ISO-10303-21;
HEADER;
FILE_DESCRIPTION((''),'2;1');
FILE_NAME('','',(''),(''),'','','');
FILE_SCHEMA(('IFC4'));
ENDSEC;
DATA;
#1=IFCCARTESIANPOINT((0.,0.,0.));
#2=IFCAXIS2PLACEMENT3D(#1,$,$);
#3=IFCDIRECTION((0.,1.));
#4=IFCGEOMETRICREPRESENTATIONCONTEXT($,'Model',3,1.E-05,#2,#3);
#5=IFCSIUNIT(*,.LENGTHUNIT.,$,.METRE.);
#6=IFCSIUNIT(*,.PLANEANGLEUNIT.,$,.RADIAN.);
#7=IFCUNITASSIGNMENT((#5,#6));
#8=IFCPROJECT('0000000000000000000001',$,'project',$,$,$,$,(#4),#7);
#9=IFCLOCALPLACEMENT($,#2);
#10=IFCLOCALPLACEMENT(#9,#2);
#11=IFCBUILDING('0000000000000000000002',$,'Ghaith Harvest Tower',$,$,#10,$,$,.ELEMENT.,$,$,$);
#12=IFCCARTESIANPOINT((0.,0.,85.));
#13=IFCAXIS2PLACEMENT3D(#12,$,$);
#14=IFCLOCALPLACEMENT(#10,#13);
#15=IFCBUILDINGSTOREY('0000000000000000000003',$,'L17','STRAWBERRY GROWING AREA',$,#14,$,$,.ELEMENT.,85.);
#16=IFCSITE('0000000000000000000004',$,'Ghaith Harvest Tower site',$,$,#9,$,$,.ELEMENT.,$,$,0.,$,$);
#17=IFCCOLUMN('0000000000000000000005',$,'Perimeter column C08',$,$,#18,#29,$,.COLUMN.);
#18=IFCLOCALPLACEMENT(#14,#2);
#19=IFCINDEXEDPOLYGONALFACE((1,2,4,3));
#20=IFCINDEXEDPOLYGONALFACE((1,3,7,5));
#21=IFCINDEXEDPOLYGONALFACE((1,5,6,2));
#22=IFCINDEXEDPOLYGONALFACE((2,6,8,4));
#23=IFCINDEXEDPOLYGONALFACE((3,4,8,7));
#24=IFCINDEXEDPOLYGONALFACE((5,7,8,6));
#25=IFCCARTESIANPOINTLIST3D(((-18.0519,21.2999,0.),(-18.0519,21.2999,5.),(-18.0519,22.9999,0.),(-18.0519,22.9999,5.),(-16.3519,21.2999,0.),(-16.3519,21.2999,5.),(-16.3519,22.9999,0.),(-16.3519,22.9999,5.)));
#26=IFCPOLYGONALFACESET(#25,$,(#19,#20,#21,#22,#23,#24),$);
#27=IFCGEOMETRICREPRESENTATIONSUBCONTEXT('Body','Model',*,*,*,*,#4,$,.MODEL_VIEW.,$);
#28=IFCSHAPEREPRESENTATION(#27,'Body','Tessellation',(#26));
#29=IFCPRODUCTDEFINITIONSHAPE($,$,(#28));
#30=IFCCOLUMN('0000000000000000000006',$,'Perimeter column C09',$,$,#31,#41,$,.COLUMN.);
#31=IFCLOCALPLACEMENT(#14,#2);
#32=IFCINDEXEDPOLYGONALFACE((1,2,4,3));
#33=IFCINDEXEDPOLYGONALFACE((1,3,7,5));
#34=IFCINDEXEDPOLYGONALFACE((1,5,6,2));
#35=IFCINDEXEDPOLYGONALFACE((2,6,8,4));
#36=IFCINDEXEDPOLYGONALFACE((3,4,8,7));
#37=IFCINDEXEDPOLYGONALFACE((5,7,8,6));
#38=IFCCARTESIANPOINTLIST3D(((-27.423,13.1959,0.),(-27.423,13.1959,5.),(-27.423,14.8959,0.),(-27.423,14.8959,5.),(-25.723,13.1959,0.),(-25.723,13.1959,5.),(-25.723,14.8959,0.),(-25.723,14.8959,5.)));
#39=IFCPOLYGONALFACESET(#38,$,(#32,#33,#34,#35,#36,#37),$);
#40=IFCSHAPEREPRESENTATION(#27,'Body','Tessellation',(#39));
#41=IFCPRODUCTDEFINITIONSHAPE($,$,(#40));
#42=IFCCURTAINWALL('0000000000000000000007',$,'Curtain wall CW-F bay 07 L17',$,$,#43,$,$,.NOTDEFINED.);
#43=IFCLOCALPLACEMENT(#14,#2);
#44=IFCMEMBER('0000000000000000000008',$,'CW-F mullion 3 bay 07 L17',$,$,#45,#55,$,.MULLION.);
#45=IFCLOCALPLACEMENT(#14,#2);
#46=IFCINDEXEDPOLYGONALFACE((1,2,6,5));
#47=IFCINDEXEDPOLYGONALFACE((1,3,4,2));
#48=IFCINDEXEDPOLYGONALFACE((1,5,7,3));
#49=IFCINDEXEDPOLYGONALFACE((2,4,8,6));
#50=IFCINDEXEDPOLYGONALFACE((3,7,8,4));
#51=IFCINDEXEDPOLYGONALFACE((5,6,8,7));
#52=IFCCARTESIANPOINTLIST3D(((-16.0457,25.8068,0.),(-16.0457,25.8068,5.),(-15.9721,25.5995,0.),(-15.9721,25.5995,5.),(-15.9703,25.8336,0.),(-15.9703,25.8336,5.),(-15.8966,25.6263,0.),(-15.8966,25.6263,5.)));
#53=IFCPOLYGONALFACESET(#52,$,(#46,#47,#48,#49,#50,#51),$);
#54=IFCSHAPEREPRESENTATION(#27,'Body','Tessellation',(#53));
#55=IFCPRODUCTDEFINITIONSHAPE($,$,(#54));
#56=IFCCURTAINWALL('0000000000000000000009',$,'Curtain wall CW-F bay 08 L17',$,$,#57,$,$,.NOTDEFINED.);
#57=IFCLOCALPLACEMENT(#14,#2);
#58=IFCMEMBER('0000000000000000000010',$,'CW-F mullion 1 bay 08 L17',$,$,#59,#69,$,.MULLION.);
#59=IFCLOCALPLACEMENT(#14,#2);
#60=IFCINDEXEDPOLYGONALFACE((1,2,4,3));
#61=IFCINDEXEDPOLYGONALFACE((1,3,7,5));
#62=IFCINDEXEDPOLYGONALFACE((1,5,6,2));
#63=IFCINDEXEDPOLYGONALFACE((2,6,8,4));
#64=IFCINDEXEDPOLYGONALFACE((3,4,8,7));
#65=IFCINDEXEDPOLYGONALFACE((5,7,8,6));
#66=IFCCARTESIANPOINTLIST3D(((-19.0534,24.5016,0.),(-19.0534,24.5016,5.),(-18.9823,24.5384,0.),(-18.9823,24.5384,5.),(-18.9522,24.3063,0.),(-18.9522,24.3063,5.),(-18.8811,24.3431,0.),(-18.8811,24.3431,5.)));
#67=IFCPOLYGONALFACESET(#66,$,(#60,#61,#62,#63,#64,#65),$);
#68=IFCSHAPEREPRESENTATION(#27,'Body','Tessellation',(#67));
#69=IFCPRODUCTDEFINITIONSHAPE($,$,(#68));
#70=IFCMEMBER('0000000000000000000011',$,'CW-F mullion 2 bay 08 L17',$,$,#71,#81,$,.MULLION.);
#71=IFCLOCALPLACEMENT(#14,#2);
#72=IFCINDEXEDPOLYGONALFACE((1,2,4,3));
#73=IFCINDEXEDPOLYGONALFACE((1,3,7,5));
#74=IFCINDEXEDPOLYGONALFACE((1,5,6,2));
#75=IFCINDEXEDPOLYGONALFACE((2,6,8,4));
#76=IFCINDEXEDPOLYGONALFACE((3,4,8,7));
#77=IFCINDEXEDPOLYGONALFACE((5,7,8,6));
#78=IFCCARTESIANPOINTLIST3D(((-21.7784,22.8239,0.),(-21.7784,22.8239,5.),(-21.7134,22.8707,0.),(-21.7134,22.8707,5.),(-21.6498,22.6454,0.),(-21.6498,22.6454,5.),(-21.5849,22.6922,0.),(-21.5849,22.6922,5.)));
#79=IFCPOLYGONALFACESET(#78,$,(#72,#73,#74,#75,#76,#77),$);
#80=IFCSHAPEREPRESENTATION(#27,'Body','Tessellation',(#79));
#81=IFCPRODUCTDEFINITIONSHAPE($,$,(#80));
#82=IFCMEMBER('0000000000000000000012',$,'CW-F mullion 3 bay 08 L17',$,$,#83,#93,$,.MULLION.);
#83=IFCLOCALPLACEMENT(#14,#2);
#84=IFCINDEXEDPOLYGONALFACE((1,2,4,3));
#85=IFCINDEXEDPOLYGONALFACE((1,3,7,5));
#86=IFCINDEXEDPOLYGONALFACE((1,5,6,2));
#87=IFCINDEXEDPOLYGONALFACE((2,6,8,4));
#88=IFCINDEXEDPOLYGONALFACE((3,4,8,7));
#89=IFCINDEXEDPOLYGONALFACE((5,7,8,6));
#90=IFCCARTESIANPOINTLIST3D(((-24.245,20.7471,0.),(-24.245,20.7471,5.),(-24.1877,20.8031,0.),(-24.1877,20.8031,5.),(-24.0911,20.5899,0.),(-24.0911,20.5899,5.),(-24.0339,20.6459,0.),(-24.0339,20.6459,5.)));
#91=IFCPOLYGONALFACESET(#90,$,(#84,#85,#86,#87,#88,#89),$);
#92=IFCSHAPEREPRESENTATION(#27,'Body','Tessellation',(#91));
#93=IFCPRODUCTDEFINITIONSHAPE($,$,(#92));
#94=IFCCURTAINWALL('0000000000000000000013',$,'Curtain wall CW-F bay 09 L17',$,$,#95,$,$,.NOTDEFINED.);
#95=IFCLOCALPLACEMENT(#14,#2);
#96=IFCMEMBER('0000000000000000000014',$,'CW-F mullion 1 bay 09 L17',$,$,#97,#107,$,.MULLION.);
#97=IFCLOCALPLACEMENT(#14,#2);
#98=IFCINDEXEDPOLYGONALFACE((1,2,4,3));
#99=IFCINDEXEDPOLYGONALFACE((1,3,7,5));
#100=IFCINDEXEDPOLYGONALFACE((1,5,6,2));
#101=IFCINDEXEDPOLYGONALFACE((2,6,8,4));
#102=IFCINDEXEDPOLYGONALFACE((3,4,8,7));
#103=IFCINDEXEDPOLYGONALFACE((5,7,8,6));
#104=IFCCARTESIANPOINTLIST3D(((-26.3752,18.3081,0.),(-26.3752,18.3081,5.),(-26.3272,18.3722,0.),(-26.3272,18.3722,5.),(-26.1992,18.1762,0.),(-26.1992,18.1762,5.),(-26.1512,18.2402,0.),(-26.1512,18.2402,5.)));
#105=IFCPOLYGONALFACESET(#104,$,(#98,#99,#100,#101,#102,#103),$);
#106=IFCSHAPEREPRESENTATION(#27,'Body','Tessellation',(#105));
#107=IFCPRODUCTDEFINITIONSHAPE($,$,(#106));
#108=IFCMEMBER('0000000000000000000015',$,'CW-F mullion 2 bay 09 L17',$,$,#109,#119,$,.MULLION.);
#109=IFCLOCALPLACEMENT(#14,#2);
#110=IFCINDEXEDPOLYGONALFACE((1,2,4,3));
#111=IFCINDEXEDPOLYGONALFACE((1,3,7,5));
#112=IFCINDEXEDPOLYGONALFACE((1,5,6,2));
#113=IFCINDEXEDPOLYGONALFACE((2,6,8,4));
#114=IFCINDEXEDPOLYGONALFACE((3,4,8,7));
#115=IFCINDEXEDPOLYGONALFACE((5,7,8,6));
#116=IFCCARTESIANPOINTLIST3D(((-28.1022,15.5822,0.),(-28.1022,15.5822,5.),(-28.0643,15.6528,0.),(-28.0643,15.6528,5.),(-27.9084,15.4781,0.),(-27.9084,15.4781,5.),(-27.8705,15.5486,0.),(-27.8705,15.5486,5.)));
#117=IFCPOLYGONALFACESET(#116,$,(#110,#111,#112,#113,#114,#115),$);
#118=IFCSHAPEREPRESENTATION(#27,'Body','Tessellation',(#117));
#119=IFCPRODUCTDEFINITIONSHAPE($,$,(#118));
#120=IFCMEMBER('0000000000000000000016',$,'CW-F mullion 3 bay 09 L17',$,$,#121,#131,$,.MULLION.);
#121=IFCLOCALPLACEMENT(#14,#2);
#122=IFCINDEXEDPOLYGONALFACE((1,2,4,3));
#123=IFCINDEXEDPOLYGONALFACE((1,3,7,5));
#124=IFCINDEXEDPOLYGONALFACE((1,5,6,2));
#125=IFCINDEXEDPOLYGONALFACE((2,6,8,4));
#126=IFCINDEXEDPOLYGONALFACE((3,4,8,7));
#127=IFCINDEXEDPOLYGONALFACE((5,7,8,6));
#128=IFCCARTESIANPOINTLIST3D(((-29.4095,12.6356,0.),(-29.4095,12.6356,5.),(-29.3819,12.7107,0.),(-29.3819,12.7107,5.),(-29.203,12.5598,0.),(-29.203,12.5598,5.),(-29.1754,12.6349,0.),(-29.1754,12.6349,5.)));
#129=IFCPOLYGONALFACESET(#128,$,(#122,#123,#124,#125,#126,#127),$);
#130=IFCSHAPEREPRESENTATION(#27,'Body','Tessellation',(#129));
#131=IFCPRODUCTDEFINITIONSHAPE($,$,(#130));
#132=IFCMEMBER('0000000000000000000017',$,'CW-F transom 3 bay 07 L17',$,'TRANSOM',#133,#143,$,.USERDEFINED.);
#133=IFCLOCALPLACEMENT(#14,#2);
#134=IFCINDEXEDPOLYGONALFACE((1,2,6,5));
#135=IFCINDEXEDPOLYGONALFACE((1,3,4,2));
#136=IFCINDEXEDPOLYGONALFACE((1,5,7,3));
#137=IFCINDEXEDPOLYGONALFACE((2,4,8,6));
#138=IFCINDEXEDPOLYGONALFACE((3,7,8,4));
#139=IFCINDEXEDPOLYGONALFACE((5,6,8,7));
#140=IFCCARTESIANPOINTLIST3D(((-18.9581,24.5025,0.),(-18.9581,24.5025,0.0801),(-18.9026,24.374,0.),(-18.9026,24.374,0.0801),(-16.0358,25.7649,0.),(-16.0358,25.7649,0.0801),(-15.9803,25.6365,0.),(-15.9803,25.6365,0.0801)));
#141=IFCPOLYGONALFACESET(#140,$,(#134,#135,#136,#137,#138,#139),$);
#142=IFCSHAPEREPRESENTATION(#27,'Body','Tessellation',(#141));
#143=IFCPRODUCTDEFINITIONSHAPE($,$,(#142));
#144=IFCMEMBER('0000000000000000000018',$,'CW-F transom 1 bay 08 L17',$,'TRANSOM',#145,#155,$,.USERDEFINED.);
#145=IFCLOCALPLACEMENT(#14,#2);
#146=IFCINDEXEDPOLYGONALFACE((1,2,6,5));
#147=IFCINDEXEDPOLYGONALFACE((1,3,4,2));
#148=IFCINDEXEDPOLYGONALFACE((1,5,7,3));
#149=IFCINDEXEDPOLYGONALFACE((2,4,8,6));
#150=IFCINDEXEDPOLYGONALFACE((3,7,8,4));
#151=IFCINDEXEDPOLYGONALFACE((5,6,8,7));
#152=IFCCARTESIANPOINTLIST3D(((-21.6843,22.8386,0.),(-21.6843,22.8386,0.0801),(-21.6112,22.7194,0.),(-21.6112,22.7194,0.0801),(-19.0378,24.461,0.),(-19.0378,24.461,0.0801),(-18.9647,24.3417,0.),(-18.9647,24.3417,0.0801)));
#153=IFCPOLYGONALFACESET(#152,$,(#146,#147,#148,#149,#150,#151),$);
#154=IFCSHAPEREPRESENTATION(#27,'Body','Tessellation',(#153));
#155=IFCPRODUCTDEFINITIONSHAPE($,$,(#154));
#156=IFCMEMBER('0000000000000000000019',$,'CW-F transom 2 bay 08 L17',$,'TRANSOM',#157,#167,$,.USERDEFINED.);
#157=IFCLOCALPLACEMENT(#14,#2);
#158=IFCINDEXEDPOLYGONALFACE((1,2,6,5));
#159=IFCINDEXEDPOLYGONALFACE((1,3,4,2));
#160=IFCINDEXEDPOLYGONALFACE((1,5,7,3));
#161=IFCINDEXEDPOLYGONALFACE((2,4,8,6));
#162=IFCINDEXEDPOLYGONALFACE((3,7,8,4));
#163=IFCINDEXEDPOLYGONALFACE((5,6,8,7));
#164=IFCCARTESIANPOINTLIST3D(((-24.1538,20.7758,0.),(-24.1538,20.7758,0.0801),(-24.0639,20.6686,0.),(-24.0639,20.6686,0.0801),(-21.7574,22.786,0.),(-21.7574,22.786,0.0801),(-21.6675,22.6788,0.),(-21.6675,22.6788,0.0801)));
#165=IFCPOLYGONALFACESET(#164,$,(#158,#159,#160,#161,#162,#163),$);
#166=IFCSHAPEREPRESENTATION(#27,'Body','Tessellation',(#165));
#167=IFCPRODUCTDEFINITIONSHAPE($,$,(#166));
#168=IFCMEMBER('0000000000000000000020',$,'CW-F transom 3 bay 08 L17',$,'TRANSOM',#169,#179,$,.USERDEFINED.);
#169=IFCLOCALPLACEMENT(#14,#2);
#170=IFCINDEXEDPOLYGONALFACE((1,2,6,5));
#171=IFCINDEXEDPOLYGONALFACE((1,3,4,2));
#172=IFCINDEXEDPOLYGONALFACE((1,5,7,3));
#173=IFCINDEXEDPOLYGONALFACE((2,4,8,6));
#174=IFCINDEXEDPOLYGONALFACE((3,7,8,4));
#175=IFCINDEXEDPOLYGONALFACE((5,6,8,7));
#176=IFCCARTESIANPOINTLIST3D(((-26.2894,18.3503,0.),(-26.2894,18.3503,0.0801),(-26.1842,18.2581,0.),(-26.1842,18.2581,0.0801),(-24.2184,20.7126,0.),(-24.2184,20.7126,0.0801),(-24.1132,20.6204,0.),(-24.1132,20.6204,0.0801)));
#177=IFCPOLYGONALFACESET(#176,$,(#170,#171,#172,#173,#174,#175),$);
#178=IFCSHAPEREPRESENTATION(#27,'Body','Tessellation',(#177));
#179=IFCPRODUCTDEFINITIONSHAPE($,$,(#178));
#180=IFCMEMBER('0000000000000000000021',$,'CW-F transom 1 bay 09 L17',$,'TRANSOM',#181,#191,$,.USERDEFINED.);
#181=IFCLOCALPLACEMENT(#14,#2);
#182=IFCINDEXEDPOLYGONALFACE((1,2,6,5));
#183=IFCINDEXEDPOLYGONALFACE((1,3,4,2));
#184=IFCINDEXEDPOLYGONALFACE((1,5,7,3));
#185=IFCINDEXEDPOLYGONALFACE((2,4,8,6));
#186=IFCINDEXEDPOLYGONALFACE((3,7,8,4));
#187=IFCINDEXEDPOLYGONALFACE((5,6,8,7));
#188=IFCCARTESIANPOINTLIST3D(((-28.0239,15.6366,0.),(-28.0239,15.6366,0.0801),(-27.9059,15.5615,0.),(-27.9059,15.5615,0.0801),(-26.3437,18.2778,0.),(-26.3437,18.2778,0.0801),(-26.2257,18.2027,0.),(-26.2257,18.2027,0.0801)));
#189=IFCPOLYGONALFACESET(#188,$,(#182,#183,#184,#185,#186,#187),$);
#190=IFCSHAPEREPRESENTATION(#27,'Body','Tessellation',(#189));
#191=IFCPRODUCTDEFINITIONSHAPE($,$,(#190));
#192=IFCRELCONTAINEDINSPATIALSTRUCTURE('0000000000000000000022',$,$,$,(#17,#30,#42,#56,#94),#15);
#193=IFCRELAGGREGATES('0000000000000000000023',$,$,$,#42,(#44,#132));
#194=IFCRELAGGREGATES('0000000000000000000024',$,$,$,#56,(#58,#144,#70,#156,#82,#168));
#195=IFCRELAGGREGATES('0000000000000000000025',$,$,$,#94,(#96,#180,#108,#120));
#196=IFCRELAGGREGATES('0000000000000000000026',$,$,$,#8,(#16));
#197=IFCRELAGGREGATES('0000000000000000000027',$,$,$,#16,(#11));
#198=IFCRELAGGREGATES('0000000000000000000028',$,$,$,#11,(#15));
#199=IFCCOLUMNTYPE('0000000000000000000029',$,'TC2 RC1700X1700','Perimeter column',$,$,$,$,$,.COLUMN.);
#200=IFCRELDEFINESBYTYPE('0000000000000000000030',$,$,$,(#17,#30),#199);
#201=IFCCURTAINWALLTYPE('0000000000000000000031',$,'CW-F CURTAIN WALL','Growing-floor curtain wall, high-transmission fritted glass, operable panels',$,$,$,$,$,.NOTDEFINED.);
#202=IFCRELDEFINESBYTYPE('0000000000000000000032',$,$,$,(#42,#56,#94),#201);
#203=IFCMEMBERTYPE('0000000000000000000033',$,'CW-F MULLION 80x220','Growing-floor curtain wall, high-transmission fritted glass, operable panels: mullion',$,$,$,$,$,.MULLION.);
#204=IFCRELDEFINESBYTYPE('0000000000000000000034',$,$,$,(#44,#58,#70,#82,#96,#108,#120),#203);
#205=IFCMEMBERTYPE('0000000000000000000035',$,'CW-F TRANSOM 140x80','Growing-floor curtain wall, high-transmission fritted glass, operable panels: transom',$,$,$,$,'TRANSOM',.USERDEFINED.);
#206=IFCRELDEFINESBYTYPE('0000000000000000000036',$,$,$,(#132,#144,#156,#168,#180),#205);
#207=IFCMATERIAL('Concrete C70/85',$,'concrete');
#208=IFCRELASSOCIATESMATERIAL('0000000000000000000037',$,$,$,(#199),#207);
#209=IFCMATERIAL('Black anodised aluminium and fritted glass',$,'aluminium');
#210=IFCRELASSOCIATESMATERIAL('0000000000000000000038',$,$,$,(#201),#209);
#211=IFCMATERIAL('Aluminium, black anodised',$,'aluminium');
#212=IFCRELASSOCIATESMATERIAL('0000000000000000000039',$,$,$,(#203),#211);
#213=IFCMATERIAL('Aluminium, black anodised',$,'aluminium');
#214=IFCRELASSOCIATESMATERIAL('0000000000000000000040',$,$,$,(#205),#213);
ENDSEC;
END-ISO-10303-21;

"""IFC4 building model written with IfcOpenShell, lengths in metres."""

from ifc_helpers import new_model, si_unit, direction, frame, origin, origin_2d, place, context, subcontext, project, spatial, rectangle, extrude, material, material_profile, profile_set, type_object, element, aggregate, save


model = new_model("IFC4")

# Units and contexts
model_context = context("Model", 3, precision=1e-05, world=origin(), true_north=direction((0.0, 1.0)))
body_context = subcontext(model_context, "Body", "Model", "MODEL_VIEW")
ifc_project = project(units=[si_unit("LENGTHUNIT", "METRE"), si_unit("PLANEANGLEUNIT", "RADIAN")], contexts=[model_context])

# Site, building, storey
site_placement = place(None, origin())
site = spatial("IfcSite", under=ifc_project, at=site_placement, Name="Ghaith Harvest Tower site", CompositionType="ELEMENT", RefElevation=0.0)
building_placement = place(site_placement, origin())
building = spatial("IfcBuilding", under=site, at=building_placement, Name="Ghaith Harvest Tower", CompositionType="ELEMENT")
storey_placement = place(building_placement, frame((0.0, 0.0, 85.0)))
storey = spatial("IfcBuildingStorey", under=building, at=storey_placement, Name="L17", Description="STRAWBERRY GROWING AREA", CompositionType="ELEMENT", Elevation=85.0)

# Columns
ifc_material_1 = material(Name="Concrete C70/85", Category="concrete")
ifc_material_profile_1 = material_profile(ifc_material_1, rectangle(XDim=1.7, YDim=1.7, at=origin_2d()), Name="RC1700X1700")
ifc_profile_set_1 = profile_set([ifc_material_profile_1], Name="Concrete C70/85")
column_type = type_object("IfcColumnType", Name="TC2 RC1700X1700", Description="Perimeter column", PredefinedType="COLUMN", material=ifc_profile_set_1)
for number, where, z_axis, x_axis, name in (
    (1, (-17.2019, 22.1499, 0.0), (0.0, 0.0, 1.0), (1.0, 0.0, 0.0), "Perimeter column C08"),
    (2, (-26.573, 14.0459, 0.0), (0.0, 0.0, 1.0), (1.0, 0.0, 0.0), "Perimeter column C09"),
):
    element("IfcColumn", number, at=place(storey_placement, frame(where, z_axis=z_axis, x_axis=x_axis)), inside=storey, type_object=column_type, Name=name, PredefinedType="COLUMN", context=body_context, shape_type="SweptSolid", body=[
        extrude(rectangle(XDim=1.7, YDim=1.7, at=origin_2d()), origin(), (0.0, 0.0, 1.0), 5.0),
    ])

# Curtain wall, member
ifc_material_2 = material(Name="Black anodised aluminium and fritted glass", Category="aluminium")
curtain_wall_type = type_object("IfcCurtainWallType", Name="CW-F CURTAIN WALL", Description="Growing-floor curtain wall, high-transmission fritted glass, operable panels", PredefinedType="NOTDEFINED", material=ifc_material_2)
curtain_wall_1_placement = place(storey_placement, origin())
curtain_wall_1 = element("IfcCurtainWall", 3, at=curtain_wall_1_placement, inside=storey, type_object=curtain_wall_type, Name="Curtain wall CW-F bay 07 L17", PredefinedType="NOTDEFINED")
ifc_material_3 = material(Name="Aluminium, black anodised", Category="aluminium")
ifc_material_profile_2 = material_profile(ifc_material_3, rectangle(XDim=0.0801, YDim=0.22, at=origin_2d()), Name="CW-F MULLION 80x220")
ifc_profile_set_2 = profile_set([ifc_material_profile_2], Name="Aluminium, black anodised")
member_type_1 = type_object("IfcMemberType", Name="CW-F MULLION 80x220", Description="Growing-floor curtain wall, high-transmission fritted glass, operable panels: mullion", PredefinedType="MULLION", material=ifc_profile_set_2)
member_1_placement = place(storey_placement, frame((-15.9712, 25.7166, 0.0), z_axis=(0.0, 0.0, 1.0), x_axis=(-0.942294, -0.334788, 0.0)))
member_1 = element("IfcMember", 4, at=member_1_placement, type_object=member_type_1, Name="CW-F mullion 3 bay 07 L17", PredefinedType="MULLION", context=body_context, shape_type="SweptSolid", body=[
    extrude(rectangle(XDim=0.0801, YDim=0.22, at=origin_2d()), origin(), (0.0, 0.0, 1.0), 5.0),
])

# Curtain walls, members
curtain_wall_2_placement = place(storey_placement, origin())
curtain_wall_2 = element("IfcCurtainWall", 5, at=curtain_wall_2_placement, inside=storey, type_object=curtain_wall_type, Name="Curtain wall CW-F bay 08 L17", PredefinedType="NOTDEFINED")
member_2_placement = place(storey_placement, frame((-18.9673, 24.4224, 0.0), z_axis=(0.0, 0.0, 1.0), x_axis=(-0.887912, -0.460013, 0.0)))
member_2 = element("IfcMember", 6, at=member_2_placement, type_object=member_type_1, Name="CW-F mullion 1 bay 08 L17", PredefinedType="MULLION", context=body_context, shape_type="SweptSolid", body=[
    extrude(rectangle(XDim=0.0801, YDim=0.22, at=origin_2d()), origin(), (0.0, 0.0, 1.0), 5.0),
])
member_3_placement = place(storey_placement, frame((-21.6816, 22.7581, 0.0), z_axis=(0.0, 0.0, 1.0), x_axis=(-0.811401, -0.58449, 0.0)))
member_3 = element("IfcMember", 7, at=member_3_placement, type_object=member_type_1, Name="CW-F mullion 2 bay 08 L17", PredefinedType="MULLION", context=body_context, shape_type="SweptSolid", body=[
    extrude(rectangle(XDim=0.0801, YDim=0.22, at=origin_2d()), origin(), (0.0, 0.0, 1.0), 5.0),
])
member_4_placement = place(storey_placement, frame((-24.1394, 20.6965, 0.0), z_axis=(0.0, 0.0, 1.0), x_axis=(-0.714663, -0.699469, 0.0)))
member_4 = element("IfcMember", 8, at=member_4_placement, type_object=member_type_1, Name="CW-F mullion 3 bay 08 L17", PredefinedType="MULLION", context=body_context, shape_type="SweptSolid", body=[
    extrude(rectangle(XDim=0.0801, YDim=0.22, at=origin_2d()), origin(), (0.0, 0.0, 1.0), 5.0),
])
curtain_wall_3_placement = place(storey_placement, origin())
curtain_wall_3 = element("IfcCurtainWall", 9, at=curtain_wall_3_placement, inside=storey, type_object=curtain_wall_type, Name="Curtain wall CW-F bay 09 L17", PredefinedType="NOTDEFINED")
member_5_placement = place(storey_placement, frame((-26.2632, 18.2742, 0.0), z_axis=(0.0, 0.0, 1.0), x_axis=(-0.599862, -0.800104, 0.0)))
member_5 = element("IfcMember", 10, at=member_5_placement, type_object=member_type_1, Name="CW-F mullion 1 bay 09 L17", PredefinedType="MULLION", context=body_context, shape_type="SweptSolid", body=[
    extrude(rectangle(XDim=0.0801, YDim=0.22, at=origin_2d()), origin(), (0.0, 0.0, 1.0), 5.0),
])
member_6_placement = place(storey_placement, frame((-27.9863, 15.5654, 0.0), z_axis=(0.0, 0.0, 1.0), x_axis=(-0.473265, -0.88092, 0.0)))
member_6 = element("IfcMember", 11, at=member_6_placement, type_object=member_type_1, Name="CW-F mullion 2 bay 09 L17", PredefinedType="MULLION", context=body_context, shape_type="SweptSolid", body=[
    extrude(rectangle(XDim=0.0801, YDim=0.22, at=origin_2d()), origin(), (0.0, 0.0, 1.0), 5.0),
])
member_7_placement = place(storey_placement, frame((-29.2925, 12.6353, 0.0), z_axis=(0.0, 0.0, 1.0), x_axis=(-0.344618, -0.938743, 0.0)))
member_7 = element("IfcMember", 12, at=member_7_placement, type_object=member_type_1, Name="CW-F mullion 3 bay 09 L17", PredefinedType="MULLION", context=body_context, shape_type="SweptSolid", body=[
    extrude(rectangle(XDim=0.0801, YDim=0.22, at=origin_2d()), origin(), (0.0, 0.0, 1.0), 5.0),
])

# Members
ifc_material_4 = material(Name="Aluminium, black anodised", Category="aluminium")
ifc_material_profile_3 = material_profile(ifc_material_4, rectangle(XDim=0.1399, YDim=0.0801, at=origin_2d()), Name="CW-F TRANSOM 140x80")
ifc_profile_set_3 = profile_set([ifc_material_profile_3], Name="Aluminium, black anodised")
member_type_2 = type_object("IfcMemberType", Name="CW-F TRANSOM 140x80", Description="Growing-floor curtain wall, high-transmission fritted glass, operable panels: transom", ElementType="TRANSOM", PredefinedType="USERDEFINED", material=ifc_profile_set_3)
member_8_placement = place(storey_placement, frame((-16.0081, 25.7007, 0.04), z_axis=(-0.918003, -0.396574, 0.0), x_axis=(0.396574, -0.918003, 0.0)))
member_8 = element("IfcMember", 13, at=member_8_placement, type_object=member_type_2, Name="CW-F transom 3 bay 07 L17", ObjectType="TRANSOM", PredefinedType="USERDEFINED", context=body_context, shape_type="SweptSolid", body=[
    extrude(rectangle(XDim=0.1399, YDim=0.0801, at=origin_2d()), origin(), (0.0, 0.0, 1.0), 3.1833),
])
member_9_placement = place(storey_placement, frame((-19.0012, 24.4014, 0.04), z_axis=(-0.852562, -0.522627, 0.0), x_axis=(0.522627, -0.852562, 0.0)))
member_9 = element("IfcMember", 14, at=member_9_placement, type_object=member_type_2, Name="CW-F transom 1 bay 08 L17", ObjectType="TRANSOM", PredefinedType="USERDEFINED", context=body_context, shape_type="SweptSolid", body=[
    extrude(rectangle(XDim=0.1399, YDim=0.0801, at=origin_2d()), origin(), (0.0, 0.0, 1.0), 3.1042),
])
member_10_placement = place(storey_placement, frame((-21.7124, 22.7324, 0.04), z_axis=(-0.766144, -0.642668, 0.0), x_axis=(0.642668, -0.766144, 0.0)))
member_10 = element("IfcMember", 15, at=member_10_placement, type_object=member_type_2, Name="CW-F transom 2 bay 08 L17", ObjectType="TRANSOM", PredefinedType="USERDEFINED", context=body_context, shape_type="SweptSolid", body=[
    extrude(rectangle(XDim=0.1399, YDim=0.0801, at=origin_2d()), origin(), (0.0, 0.0, 1.0), 3.1279),
])
member_11_placement = place(storey_placement, frame((-24.1658, 20.6665, 0.04), z_axis=(-0.659231, -0.751941, 0.0), x_axis=(0.751941, -0.659231, 0.0)))
member_11 = element("IfcMember", 16, at=member_11_placement, type_object=member_type_2, Name="CW-F transom 3 bay 08 L17", ObjectType="TRANSOM", PredefinedType="USERDEFINED", context=body_context, shape_type="SweptSolid", body=[
    extrude(rectangle(XDim=0.1399, YDim=0.0801, at=origin_2d()), origin(), (0.0, 0.0, 1.0), 3.1416),
])
member_12_placement = place(storey_placement, frame((-26.2847, 18.2402, 0.04), z_axis=(-0.536754, -0.843739, 0.0), x_axis=(0.843739, -0.536754, 0.0)))
member_12 = element("IfcMember", 17, at=member_12_placement, type_object=member_type_2, Name="CW-F transom 1 bay 09 L17", ObjectType="TRANSOM", PredefinedType="USERDEFINED", context=body_context, shape_type="SweptSolid", body=[
    extrude(rectangle(XDim=0.1399, YDim=0.0801, at=origin_2d()), origin(), (0.0, 0.0, 1.0), 3.1304),
])

aggregate(curtain_wall_1, [member_1, member_8])
aggregate(curtain_wall_2, [member_2, member_9, member_3, member_10, member_4, member_11])
aggregate(curtain_wall_3, [member_5, member_12, member_6, member_7])

save(model, "model.ifc")
